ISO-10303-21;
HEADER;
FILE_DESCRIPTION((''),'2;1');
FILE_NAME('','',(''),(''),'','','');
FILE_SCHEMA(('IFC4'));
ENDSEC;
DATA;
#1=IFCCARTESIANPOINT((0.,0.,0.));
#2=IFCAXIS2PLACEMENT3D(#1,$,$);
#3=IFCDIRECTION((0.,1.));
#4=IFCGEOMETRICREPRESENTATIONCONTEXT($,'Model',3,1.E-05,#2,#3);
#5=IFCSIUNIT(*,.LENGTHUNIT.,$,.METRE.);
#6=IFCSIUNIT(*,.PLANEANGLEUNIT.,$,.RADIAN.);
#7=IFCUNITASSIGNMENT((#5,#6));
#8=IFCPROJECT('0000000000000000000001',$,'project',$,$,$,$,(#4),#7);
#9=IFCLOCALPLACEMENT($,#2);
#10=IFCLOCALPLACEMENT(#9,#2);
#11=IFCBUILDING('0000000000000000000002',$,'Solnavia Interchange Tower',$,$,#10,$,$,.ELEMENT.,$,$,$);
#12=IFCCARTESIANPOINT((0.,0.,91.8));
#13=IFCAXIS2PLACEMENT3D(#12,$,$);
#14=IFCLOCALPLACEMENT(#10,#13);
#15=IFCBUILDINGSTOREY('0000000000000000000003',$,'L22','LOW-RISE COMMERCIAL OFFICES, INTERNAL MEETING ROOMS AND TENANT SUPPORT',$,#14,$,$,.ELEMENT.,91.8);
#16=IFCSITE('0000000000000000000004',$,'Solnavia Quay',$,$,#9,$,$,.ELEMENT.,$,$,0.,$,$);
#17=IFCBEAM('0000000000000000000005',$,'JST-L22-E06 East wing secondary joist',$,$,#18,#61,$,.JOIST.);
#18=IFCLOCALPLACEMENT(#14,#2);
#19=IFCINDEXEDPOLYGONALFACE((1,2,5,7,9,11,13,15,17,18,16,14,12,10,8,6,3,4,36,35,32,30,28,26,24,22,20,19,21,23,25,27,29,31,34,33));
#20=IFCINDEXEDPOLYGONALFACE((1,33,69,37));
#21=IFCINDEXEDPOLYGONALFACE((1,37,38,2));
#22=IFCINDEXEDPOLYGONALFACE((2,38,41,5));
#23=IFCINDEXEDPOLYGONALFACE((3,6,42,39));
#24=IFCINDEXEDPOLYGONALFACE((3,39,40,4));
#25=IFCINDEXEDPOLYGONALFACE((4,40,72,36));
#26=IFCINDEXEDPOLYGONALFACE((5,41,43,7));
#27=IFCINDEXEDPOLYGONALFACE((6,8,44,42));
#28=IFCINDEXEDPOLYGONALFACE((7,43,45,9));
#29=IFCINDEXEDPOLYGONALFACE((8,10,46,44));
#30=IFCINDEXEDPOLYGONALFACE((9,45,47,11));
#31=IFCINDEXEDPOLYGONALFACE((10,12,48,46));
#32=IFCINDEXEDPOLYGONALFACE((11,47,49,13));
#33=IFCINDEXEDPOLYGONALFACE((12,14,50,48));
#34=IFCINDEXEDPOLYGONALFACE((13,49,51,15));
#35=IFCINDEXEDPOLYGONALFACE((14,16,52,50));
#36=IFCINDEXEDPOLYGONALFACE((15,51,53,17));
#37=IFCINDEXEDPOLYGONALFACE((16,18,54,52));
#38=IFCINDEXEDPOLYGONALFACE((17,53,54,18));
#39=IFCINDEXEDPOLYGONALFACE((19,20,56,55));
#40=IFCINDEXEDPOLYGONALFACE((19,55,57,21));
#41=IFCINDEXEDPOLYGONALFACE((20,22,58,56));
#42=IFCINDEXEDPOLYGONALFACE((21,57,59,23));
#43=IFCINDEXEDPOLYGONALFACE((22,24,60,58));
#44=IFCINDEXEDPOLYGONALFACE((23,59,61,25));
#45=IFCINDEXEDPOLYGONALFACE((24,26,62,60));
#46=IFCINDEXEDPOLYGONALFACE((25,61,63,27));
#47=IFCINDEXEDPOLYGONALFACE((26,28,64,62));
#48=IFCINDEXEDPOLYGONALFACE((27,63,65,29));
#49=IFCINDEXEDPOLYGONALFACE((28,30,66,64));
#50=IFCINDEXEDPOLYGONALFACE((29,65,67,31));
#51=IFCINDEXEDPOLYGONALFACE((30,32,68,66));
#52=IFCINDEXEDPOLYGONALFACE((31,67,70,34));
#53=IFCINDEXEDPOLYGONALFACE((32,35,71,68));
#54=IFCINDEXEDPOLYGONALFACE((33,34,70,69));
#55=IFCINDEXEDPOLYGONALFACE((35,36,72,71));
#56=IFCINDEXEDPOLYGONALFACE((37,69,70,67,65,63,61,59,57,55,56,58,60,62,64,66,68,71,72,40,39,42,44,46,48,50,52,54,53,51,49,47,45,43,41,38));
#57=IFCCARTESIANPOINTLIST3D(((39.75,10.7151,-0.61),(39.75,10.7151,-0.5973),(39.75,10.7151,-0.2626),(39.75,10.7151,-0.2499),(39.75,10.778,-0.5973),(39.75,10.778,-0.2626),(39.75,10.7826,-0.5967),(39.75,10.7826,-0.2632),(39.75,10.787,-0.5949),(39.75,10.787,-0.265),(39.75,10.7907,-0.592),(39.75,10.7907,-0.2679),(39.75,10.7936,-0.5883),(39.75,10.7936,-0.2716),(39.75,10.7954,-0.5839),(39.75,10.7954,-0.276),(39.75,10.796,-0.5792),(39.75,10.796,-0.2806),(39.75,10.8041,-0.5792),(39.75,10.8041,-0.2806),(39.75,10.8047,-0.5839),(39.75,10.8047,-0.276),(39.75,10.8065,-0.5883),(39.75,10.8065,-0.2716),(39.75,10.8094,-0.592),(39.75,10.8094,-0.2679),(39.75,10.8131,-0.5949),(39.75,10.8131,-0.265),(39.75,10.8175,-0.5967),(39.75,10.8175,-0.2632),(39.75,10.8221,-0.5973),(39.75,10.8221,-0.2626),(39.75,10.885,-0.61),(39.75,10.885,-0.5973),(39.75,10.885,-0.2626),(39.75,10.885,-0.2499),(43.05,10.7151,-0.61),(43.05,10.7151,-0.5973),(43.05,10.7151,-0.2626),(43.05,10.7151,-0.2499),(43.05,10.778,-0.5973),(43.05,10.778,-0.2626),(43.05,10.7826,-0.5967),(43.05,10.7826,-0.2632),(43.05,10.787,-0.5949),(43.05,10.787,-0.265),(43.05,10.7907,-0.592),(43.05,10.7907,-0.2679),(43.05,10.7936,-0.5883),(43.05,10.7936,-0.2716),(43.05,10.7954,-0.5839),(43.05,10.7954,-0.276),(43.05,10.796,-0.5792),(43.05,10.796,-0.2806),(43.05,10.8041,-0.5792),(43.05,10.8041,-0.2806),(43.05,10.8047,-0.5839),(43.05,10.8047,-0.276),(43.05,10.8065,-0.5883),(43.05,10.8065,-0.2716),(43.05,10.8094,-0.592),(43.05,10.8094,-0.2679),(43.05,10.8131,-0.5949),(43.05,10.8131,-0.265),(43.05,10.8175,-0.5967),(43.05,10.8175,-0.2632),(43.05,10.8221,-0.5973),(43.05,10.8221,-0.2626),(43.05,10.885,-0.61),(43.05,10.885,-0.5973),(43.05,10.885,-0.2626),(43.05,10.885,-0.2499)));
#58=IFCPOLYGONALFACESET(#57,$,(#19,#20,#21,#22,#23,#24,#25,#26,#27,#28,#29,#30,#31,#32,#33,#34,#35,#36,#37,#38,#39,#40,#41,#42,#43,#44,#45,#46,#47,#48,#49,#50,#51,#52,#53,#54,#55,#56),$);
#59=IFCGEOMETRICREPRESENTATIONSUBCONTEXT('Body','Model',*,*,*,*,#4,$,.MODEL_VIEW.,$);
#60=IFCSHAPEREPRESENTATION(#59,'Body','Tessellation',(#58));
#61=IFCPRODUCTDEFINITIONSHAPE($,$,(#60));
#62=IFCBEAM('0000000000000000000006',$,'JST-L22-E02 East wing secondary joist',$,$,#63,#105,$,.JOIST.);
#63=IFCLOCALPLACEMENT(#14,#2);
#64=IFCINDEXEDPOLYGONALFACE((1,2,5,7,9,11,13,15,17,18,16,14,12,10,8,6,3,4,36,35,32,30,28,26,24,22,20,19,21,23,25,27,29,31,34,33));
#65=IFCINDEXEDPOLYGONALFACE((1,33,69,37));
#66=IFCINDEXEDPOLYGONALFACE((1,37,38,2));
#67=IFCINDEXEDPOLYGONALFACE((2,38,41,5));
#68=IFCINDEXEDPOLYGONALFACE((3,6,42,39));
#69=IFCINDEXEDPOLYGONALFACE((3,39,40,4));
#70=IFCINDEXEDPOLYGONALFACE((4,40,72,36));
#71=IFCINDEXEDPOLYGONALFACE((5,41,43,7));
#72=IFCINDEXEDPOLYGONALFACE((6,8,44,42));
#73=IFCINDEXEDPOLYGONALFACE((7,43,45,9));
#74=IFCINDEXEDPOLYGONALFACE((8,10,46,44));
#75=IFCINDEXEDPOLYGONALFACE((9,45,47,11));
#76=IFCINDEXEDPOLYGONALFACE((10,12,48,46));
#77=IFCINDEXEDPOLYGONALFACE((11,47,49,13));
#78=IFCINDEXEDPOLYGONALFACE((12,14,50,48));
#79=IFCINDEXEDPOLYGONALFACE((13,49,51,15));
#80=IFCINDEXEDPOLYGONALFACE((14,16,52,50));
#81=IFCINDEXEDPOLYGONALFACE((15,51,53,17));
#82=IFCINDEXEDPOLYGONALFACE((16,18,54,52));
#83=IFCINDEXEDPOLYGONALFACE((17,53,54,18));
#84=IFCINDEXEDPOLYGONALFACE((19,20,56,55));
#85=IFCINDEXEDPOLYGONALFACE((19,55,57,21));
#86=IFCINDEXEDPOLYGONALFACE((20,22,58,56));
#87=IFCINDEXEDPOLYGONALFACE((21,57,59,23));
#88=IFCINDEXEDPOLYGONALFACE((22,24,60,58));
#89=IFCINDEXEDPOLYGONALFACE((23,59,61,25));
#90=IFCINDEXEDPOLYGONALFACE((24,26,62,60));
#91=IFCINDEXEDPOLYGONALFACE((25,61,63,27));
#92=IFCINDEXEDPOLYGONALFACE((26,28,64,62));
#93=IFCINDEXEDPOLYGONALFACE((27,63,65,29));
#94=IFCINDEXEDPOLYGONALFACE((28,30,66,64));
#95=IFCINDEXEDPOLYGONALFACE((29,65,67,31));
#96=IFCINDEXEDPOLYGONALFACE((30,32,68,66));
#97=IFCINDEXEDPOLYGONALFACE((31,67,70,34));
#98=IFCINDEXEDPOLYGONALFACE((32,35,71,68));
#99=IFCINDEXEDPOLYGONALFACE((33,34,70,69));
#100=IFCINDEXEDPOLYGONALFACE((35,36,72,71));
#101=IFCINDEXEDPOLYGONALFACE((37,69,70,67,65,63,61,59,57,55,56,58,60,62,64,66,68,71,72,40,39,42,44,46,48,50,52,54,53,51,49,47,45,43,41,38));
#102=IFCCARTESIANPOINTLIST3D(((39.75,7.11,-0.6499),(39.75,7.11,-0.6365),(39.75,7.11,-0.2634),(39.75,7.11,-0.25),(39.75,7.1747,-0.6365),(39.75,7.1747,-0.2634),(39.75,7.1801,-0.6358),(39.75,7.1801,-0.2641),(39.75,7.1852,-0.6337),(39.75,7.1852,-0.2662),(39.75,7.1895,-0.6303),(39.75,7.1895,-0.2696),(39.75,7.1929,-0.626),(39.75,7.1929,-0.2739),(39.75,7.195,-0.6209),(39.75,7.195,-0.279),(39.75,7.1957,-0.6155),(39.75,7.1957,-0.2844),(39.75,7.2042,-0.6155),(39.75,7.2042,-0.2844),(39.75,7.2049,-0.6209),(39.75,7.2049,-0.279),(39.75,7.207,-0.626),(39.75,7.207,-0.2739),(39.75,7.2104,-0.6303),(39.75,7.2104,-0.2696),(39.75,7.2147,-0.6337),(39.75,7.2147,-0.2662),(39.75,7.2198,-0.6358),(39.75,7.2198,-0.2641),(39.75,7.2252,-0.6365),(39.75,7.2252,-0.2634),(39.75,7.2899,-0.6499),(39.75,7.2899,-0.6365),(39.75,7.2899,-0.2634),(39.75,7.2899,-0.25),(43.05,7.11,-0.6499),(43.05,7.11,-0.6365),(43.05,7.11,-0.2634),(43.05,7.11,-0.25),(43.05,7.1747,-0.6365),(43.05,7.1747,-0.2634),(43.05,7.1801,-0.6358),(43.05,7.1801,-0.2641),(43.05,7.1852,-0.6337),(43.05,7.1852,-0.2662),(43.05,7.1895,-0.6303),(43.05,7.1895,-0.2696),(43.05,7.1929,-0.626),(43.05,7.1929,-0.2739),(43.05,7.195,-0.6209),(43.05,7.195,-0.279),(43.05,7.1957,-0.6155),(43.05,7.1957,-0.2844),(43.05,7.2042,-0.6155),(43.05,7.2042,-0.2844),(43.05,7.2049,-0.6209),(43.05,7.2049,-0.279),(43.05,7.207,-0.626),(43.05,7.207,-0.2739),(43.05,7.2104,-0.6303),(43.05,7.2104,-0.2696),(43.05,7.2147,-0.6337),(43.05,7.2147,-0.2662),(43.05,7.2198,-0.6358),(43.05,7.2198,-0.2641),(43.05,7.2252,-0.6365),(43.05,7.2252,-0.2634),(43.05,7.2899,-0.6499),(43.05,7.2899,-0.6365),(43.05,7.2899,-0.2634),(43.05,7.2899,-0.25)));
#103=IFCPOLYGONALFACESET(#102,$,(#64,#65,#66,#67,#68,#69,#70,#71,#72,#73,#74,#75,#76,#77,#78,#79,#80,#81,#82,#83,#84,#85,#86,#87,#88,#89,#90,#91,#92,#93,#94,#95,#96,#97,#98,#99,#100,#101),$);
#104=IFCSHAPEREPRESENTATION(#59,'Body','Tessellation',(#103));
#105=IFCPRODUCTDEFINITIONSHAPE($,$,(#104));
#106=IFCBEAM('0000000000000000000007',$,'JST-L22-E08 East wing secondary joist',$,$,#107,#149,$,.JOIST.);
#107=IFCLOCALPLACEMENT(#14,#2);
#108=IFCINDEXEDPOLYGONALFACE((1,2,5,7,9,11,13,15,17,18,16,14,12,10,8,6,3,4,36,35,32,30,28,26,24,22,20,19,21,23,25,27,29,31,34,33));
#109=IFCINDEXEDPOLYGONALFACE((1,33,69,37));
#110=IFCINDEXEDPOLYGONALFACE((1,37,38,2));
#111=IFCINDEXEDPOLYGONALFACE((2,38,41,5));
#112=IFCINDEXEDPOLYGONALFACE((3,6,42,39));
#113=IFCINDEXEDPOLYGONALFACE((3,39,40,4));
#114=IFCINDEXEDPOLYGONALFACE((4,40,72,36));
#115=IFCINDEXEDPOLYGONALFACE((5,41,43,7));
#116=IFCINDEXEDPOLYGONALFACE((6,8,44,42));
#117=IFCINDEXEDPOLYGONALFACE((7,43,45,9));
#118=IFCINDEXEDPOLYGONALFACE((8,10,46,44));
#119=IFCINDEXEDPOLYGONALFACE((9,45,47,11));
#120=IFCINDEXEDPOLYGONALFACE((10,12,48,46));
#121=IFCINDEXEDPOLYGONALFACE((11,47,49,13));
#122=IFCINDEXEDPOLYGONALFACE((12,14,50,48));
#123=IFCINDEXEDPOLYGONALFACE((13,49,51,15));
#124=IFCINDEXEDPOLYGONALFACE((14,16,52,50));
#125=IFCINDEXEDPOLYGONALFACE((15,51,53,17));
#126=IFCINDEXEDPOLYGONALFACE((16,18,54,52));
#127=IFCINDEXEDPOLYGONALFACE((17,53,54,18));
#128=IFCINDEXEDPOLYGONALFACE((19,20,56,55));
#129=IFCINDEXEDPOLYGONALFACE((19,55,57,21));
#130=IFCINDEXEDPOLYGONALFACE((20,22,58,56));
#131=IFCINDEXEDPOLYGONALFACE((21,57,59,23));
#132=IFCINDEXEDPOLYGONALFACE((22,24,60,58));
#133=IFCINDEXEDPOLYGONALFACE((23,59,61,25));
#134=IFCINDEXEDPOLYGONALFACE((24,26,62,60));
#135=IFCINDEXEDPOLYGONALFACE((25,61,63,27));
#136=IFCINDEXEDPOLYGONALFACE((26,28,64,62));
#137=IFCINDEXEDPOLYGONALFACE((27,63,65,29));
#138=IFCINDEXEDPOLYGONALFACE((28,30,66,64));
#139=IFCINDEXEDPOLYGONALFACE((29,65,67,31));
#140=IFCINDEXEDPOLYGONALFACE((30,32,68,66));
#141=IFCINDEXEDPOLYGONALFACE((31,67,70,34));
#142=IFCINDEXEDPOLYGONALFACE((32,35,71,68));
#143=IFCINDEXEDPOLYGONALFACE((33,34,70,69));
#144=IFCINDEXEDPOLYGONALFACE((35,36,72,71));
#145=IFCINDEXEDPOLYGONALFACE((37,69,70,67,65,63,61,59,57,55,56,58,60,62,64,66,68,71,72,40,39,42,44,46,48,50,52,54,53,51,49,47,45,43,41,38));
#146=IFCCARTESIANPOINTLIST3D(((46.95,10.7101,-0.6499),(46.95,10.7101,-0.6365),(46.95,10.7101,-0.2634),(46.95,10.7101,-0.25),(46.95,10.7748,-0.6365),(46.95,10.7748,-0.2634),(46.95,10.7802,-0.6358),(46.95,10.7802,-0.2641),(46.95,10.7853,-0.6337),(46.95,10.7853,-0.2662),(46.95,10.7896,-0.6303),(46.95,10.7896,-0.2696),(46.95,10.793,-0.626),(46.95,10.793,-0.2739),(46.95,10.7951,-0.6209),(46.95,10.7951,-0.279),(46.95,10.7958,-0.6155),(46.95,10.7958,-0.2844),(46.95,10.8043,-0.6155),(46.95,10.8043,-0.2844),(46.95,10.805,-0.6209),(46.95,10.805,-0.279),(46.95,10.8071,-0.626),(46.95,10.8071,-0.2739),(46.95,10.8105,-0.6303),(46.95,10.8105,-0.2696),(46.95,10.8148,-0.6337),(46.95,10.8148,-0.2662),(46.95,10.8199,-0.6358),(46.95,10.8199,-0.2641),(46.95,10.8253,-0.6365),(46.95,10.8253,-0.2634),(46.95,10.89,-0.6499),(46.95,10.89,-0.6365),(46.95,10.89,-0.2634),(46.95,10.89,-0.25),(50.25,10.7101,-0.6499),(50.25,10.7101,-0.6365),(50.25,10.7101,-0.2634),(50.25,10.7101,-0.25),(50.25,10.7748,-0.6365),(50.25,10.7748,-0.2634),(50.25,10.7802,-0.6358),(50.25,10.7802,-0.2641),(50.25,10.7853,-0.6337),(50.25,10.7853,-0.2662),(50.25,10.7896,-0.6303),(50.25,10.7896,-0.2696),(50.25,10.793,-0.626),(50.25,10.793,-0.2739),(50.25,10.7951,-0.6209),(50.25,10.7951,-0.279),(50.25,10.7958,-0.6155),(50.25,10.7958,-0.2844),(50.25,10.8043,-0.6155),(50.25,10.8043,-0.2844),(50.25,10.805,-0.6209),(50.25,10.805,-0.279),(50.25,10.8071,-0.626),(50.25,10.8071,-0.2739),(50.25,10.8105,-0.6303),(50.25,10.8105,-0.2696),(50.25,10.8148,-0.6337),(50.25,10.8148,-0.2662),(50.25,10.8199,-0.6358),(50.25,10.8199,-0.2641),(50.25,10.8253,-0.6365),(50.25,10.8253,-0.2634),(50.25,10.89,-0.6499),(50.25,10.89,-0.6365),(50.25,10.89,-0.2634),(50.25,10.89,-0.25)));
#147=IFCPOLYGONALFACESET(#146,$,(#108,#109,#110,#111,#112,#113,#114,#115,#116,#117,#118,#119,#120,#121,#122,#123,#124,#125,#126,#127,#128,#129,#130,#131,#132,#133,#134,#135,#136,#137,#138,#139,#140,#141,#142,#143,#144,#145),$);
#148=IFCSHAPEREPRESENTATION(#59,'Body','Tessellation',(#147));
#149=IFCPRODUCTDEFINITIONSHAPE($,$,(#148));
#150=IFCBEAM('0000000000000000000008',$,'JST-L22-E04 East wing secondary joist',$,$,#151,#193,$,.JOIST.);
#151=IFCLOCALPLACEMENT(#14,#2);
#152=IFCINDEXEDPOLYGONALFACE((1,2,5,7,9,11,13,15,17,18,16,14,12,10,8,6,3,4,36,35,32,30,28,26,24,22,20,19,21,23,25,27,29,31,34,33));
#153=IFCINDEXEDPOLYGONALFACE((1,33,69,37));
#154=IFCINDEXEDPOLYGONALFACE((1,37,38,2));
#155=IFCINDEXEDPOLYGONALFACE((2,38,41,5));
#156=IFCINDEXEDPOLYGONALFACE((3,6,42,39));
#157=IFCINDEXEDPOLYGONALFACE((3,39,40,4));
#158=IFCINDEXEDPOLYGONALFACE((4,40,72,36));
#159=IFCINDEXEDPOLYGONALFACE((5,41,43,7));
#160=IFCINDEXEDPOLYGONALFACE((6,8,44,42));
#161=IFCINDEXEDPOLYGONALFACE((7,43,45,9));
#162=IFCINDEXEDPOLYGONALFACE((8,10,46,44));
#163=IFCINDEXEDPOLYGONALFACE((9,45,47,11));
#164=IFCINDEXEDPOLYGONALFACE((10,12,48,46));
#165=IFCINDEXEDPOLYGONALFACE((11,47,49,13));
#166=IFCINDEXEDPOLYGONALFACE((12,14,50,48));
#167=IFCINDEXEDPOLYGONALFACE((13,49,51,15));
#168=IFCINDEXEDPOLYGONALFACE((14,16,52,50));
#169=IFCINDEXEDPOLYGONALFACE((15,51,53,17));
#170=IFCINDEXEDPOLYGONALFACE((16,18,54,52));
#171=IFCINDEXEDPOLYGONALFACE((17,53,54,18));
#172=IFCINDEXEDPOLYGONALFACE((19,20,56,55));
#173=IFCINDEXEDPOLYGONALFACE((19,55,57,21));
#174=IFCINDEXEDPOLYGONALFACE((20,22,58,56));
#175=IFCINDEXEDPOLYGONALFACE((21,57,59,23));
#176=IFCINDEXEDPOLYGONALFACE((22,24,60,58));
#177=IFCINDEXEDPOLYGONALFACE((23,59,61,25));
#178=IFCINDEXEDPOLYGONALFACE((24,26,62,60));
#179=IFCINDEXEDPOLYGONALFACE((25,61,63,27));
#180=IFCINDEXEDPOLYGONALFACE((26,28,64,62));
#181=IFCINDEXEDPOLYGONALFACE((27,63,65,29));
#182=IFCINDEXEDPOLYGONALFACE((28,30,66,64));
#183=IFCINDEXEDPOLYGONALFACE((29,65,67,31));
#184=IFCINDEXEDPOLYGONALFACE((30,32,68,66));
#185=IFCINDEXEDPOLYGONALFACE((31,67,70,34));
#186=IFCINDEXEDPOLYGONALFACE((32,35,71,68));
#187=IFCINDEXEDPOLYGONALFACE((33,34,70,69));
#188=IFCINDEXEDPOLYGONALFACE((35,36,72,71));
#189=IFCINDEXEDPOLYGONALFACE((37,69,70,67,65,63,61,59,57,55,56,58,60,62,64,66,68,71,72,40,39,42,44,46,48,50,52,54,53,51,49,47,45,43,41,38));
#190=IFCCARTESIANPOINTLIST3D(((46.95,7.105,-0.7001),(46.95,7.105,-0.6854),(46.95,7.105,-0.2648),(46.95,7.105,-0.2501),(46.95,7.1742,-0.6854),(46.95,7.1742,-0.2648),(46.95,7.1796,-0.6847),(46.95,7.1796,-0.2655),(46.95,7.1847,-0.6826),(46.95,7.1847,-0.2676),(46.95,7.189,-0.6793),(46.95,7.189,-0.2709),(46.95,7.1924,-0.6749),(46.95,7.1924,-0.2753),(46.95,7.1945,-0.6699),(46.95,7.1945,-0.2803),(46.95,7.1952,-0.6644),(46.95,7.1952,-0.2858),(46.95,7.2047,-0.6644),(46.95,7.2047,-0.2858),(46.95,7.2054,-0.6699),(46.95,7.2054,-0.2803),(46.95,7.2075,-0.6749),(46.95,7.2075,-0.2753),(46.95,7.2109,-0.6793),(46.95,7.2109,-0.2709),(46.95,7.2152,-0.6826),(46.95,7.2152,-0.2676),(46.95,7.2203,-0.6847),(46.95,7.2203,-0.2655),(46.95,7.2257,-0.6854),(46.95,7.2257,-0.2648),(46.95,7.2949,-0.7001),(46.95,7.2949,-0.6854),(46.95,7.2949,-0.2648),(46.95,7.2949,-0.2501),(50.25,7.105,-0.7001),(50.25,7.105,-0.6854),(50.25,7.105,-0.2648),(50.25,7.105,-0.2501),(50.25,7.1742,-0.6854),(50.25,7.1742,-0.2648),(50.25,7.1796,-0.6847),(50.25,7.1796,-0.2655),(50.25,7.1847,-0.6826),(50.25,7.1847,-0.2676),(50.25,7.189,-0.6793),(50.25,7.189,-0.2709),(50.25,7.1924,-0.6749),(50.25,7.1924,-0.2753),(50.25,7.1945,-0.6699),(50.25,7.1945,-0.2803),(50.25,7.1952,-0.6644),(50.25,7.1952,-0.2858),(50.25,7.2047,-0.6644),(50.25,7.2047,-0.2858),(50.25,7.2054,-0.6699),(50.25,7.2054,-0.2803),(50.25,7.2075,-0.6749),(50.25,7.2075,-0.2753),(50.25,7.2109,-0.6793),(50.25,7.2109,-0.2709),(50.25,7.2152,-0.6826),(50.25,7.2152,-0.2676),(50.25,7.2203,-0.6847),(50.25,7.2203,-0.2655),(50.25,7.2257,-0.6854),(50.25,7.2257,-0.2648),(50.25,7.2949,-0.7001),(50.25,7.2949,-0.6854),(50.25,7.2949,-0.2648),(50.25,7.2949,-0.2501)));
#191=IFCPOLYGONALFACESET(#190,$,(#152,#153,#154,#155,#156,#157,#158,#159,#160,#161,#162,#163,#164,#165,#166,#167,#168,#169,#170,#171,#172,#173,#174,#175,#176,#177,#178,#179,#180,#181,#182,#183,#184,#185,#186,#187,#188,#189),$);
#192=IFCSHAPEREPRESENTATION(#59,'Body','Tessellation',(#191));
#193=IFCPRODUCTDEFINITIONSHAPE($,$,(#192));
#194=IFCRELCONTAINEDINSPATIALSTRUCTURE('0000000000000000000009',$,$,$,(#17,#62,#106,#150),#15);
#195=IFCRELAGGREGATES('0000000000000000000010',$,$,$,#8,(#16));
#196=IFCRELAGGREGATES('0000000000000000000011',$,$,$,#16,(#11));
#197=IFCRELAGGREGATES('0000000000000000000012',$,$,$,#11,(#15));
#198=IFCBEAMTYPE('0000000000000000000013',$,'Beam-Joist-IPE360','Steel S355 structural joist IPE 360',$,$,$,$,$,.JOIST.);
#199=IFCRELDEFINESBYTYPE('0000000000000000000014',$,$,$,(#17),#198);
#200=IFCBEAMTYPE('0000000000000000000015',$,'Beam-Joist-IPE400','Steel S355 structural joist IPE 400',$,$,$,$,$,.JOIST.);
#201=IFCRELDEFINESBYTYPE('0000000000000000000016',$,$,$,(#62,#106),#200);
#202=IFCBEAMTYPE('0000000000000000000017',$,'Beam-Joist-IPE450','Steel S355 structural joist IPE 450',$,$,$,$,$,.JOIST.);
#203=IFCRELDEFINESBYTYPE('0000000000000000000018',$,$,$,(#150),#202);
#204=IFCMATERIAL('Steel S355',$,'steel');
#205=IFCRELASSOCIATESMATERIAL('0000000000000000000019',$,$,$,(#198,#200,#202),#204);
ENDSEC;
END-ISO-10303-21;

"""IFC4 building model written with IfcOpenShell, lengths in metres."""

from ifc_helpers import new_model, si_unit, direction, frame, origin, origin_2d, place, context, subcontext, project, spatial, i_section, extrude, material, material_profile, profile_set, type_object, element, save


model = new_model("IFC4")

# Units and contexts
model_context = context("Model", 3, precision=1e-05, world=origin(), true_north=direction((0.0, 1.0)))
body_context = subcontext(model_context, "Body", "Model", "MODEL_VIEW")
ifc_project = project(units=[si_unit("LENGTHUNIT", "METRE"), si_unit("PLANEANGLEUNIT", "RADIAN")], contexts=[model_context])

# Site, building, storey
site_placement = place(None, origin())
site = spatial("IfcSite", under=ifc_project, at=site_placement, Name="Solnavia Quay", CompositionType="ELEMENT", RefElevation=0.0)
building_placement = place(site_placement, origin())
building = spatial("IfcBuilding", under=site, at=building_placement, Name="Solnavia Interchange Tower", CompositionType="ELEMENT")
storey_placement = place(building_placement, frame((0.0, 0.0, 91.8)))
storey = spatial("IfcBuildingStorey", under=building, at=storey_placement, Name="L22", Description="LOW-RISE COMMERCIAL OFFICES, INTERNAL MEETING ROOMS AND TENANT SUPPORT", CompositionType="ELEMENT", Elevation=91.8)

# Shared definitions
ifc_material_1 = material(Name="Steel S355", Category="steel")

# Beams
ifc_material_profile_1 = material_profile(ifc_material_1, i_section(OverallWidth=0.1699, OverallDepth=0.3601, WebThickness=0.0081, FlangeThickness=0.0127, FilletRadius=0.0181, at=origin_2d()), Name="IPE 360")
ifc_profile_set_1 = profile_set([ifc_material_profile_1], Name="Steel S355")
beam_type_1 = type_object("IfcBeamType", Name="Beam-Joist-IPE360", Description="Steel S355 structural joist IPE 360", PredefinedType="JOIST", material=ifc_profile_set_1)
beam_1_placement = place(storey_placement, frame((39.75, 10.8, -0.4299), z_axis=(1.0, 0.0, 0.0), x_axis=(0.0, 1.0, 0.0)))
element("IfcBeam", 1, at=beam_1_placement, inside=storey, type_object=beam_type_1, Name="JST-L22-E06 East wing secondary joist", PredefinedType="JOIST", context=body_context, shape_type="SweptSolid", body=[
    extrude(i_section(OverallWidth=0.1699, OverallDepth=0.3601, WebThickness=0.0081, FlangeThickness=0.0127, FilletRadius=0.0181, at=origin_2d()), origin(), (0.0, 0.0, 1.0), 3.3),
])
ifc_material_profile_2 = material_profile(ifc_material_1, i_section(OverallWidth=0.1799, OverallDepth=0.3999, WebThickness=0.0085, FlangeThickness=0.0134, FilletRadius=0.021, at=origin_2d()), Name="IPE 400")
ifc_profile_set_2 = profile_set([ifc_material_profile_2], Name="Steel S355")
beam_type_2 = type_object("IfcBeamType", Name="Beam-Joist-IPE400", Description="Steel S355 structural joist IPE 400", PredefinedType="JOIST", material=ifc_profile_set_2)
for number, where, z_axis, x_axis, name in (
    (2, (39.75, 7.2, -0.45), (1.0, 0.0, 0.0), (0.0, 1.0, 0.0), "JST-L22-E02 East wing secondary joist"),
    (3, (46.95, 10.8, -0.45), (1.0, 0.0, 0.0), (0.0, 1.0, 0.0), "JST-L22-E08 East wing secondary joist"),
):
    element("IfcBeam", number, at=place(storey_placement, frame(where, z_axis=z_axis, x_axis=x_axis)), inside=storey, type_object=beam_type_2, Name=name, PredefinedType="JOIST", context=body_context, shape_type="SweptSolid", body=[
        extrude(i_section(OverallWidth=0.1799, OverallDepth=0.3999, WebThickness=0.0085, FlangeThickness=0.0134, FilletRadius=0.021, at=origin_2d()), origin(), (0.0, 0.0, 1.0), 3.3),
    ])
ifc_material_profile_3 = material_profile(ifc_material_1, i_section(OverallWidth=0.1899, OverallDepth=0.45, WebThickness=0.0095, FlangeThickness=0.0146, FilletRadius=0.021, at=origin_2d()), Name="IPE 450")
ifc_profile_set_3 = profile_set([ifc_material_profile_3], Name="Steel S355")
beam_type_3 = type_object("IfcBeamType", Name="Beam-Joist-IPE450", Description="Steel S355 structural joist IPE 450", PredefinedType="JOIST", material=ifc_profile_set_3)
beam_2_placement = place(storey_placement, frame((46.95, 7.2, -0.4751), z_axis=(1.0, 0.0, 0.0), x_axis=(0.0, 1.0, 0.0)))
element("IfcBeam", 4, at=beam_2_placement, inside=storey, type_object=beam_type_3, Name="JST-L22-E04 East wing secondary joist", PredefinedType="JOIST", context=body_context, shape_type="SweptSolid", body=[
    extrude(i_section(OverallWidth=0.1899, OverallDepth=0.45, WebThickness=0.0095, FlangeThickness=0.0146, FilletRadius=0.021, at=origin_2d()), origin(), (0.0, 0.0, 1.0), 3.3),
])

save(model, "model.ifc")
